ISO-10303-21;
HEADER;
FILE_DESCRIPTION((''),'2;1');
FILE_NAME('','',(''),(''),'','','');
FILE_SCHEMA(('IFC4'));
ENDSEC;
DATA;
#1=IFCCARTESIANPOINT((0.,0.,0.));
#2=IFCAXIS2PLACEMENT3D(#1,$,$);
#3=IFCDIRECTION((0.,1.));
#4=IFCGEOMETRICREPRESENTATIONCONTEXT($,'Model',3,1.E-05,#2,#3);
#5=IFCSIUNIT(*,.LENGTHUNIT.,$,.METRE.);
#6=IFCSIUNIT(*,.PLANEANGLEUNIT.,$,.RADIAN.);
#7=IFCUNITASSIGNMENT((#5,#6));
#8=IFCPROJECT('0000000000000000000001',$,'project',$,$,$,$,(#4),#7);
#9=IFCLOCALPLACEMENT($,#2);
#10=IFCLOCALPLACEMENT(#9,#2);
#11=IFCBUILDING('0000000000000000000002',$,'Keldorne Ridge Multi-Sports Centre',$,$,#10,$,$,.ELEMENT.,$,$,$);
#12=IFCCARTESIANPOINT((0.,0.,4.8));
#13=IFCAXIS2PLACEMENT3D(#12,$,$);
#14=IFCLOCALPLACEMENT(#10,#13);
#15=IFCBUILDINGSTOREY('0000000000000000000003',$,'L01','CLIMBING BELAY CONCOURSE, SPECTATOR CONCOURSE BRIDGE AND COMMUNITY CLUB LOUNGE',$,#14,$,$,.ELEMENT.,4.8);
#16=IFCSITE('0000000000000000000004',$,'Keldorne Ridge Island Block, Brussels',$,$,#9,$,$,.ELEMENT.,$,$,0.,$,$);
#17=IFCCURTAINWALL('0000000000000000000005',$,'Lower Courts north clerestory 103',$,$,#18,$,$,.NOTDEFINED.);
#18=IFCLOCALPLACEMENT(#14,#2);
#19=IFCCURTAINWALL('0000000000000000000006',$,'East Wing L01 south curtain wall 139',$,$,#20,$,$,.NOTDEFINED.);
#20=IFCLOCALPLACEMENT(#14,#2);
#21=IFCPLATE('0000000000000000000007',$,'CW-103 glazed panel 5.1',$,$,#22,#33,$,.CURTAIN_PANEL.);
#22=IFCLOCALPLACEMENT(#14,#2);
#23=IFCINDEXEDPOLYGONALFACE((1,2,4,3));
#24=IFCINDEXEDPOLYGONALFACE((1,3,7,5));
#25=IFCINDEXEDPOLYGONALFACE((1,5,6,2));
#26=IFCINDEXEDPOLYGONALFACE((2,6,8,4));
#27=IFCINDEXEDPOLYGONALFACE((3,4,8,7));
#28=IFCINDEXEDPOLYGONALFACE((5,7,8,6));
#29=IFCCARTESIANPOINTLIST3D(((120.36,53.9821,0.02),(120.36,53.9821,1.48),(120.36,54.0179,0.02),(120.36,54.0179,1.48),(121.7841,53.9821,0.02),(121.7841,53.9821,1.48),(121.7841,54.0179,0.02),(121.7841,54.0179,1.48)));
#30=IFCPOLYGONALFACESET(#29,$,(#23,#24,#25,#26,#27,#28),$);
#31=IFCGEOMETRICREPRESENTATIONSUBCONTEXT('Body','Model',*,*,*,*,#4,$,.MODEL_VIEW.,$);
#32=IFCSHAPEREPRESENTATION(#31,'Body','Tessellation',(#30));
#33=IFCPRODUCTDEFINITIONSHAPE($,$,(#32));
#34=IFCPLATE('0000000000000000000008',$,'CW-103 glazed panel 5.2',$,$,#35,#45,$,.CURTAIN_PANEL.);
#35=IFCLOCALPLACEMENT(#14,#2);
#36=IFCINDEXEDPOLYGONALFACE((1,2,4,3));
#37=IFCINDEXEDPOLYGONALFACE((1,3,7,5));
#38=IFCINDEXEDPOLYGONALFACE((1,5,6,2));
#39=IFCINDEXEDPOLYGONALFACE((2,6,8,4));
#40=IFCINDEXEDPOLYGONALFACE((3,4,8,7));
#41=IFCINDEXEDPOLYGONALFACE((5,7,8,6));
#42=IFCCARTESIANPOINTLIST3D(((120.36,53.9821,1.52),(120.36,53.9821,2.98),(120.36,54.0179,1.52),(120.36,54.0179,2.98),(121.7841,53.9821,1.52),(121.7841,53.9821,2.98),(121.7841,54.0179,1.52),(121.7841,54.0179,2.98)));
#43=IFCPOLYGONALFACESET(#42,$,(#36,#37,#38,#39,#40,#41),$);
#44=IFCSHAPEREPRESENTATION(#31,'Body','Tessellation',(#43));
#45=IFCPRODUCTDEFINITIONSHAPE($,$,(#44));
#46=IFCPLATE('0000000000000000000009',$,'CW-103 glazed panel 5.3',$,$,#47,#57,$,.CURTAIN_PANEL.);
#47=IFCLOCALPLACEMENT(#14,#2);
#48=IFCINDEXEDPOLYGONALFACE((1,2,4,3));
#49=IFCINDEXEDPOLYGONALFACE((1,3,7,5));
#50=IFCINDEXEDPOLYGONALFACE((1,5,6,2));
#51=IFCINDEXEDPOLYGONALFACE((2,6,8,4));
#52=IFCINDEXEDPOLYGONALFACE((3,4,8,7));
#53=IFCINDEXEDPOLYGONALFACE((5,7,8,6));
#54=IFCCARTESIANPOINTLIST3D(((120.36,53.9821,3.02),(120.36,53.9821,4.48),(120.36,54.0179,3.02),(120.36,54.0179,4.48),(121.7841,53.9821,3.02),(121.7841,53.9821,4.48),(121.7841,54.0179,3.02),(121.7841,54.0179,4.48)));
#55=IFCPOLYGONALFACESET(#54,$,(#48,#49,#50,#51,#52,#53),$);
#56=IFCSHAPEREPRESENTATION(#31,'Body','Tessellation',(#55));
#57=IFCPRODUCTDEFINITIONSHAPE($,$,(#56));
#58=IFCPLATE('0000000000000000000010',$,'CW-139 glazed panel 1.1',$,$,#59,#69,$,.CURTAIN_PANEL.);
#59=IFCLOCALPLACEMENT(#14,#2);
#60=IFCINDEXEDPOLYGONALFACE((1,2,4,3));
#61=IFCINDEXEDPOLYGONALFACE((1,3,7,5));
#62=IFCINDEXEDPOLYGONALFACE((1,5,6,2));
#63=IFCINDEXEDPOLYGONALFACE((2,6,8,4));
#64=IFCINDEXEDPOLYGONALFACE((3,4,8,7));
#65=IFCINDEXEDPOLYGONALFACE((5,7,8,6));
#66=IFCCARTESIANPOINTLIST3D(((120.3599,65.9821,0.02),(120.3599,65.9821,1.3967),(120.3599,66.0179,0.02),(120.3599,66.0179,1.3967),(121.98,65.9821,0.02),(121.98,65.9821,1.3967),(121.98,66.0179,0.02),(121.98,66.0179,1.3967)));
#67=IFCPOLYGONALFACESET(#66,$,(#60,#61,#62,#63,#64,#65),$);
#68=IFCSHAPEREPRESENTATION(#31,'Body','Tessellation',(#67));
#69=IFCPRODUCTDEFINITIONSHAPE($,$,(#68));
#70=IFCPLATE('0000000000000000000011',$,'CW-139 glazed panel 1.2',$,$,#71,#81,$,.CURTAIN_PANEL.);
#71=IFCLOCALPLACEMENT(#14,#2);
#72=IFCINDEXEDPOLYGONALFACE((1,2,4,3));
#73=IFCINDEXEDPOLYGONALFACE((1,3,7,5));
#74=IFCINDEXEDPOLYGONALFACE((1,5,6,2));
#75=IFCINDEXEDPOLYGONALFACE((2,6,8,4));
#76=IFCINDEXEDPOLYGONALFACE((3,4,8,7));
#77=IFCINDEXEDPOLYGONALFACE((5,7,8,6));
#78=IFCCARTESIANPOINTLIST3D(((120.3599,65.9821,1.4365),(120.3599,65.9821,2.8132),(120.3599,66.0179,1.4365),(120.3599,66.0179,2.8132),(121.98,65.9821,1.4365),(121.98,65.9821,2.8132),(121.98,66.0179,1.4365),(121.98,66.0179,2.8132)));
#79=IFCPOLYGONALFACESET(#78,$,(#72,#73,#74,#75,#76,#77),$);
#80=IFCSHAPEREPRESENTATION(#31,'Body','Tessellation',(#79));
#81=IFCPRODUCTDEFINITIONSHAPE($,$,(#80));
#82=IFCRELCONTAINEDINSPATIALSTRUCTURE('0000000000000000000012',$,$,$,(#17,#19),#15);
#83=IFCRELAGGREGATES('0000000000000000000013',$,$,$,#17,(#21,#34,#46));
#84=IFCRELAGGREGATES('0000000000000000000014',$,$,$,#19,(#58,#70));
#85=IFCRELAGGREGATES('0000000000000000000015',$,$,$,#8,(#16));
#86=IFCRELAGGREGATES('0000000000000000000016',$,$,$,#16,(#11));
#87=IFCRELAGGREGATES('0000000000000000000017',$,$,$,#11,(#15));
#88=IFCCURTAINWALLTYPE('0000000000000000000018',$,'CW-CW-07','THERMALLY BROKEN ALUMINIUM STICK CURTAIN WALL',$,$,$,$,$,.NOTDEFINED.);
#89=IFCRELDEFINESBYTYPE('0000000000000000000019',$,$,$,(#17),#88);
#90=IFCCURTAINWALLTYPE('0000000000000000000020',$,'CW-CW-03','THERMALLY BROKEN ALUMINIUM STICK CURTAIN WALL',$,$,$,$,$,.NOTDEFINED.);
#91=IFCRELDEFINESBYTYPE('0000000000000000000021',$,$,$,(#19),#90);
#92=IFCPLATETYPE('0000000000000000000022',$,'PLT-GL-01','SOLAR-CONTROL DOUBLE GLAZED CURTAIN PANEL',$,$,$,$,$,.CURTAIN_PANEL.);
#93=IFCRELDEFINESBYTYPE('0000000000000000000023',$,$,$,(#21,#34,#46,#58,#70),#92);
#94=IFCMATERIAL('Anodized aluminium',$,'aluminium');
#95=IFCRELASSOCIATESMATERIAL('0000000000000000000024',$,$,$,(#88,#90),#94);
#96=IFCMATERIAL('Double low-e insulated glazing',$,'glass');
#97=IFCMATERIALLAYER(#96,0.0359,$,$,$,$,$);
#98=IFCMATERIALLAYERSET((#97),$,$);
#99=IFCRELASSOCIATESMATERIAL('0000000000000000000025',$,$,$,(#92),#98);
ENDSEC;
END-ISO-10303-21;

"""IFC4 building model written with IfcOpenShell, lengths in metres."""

from ifc_helpers import new_model, si_unit, direction, frame, origin, origin_2d, place, context, subcontext, project, spatial, rectangle, extrude, material, layer, layer_set, type_object, element, aggregate, save


model = new_model("IFC4")

# Units and contexts
model_context = context("Model", 3, precision=1e-05, world=origin(), true_north=direction((0.0, 1.0)))
body_context = subcontext(model_context, "Body", "Model", "MODEL_VIEW")
ifc_project = project(units=[si_unit("LENGTHUNIT", "METRE"), si_unit("PLANEANGLEUNIT", "RADIAN")], contexts=[model_context])

# Site, building, storey
site_placement = place(None, origin())
site = spatial("IfcSite", under=ifc_project, at=site_placement, Name="Keldorne Ridge Island Block, Brussels", CompositionType="ELEMENT", RefElevation=0.0)
building_placement = place(site_placement, origin())
building = spatial("IfcBuilding", under=site, at=building_placement, Name="Keldorne Ridge Multi-Sports Centre", CompositionType="ELEMENT")
storey_placement = place(building_placement, frame((0.0, 0.0, 4.8)))
storey = spatial("IfcBuildingStorey", under=building, at=storey_placement, Name="L01", Description="CLIMBING BELAY CONCOURSE, SPECTATOR CONCOURSE BRIDGE AND COMMUNITY CLUB LOUNGE", CompositionType="ELEMENT", Elevation=4.8)

# Shared definitions
ifc_material_1 = material(Name="Anodized aluminium", Category="aluminium")

# Curtain walls
curtain_wall_type_1 = type_object("IfcCurtainWallType", Name="CW-CW-07", Description="THERMALLY BROKEN ALUMINIUM STICK CURTAIN WALL", PredefinedType="NOTDEFINED", material=ifc_material_1)
curtain_wall_1_placement = place(storey_placement, origin())
curtain_wall_1 = element("IfcCurtainWall", 1, at=curtain_wall_1_placement, inside=storey, type_object=curtain_wall_type_1, Name="Lower Courts north clerestory 103", PredefinedType="NOTDEFINED")
curtain_wall_type_2 = type_object("IfcCurtainWallType", Name="CW-CW-03", Description="THERMALLY BROKEN ALUMINIUM STICK CURTAIN WALL", PredefinedType="NOTDEFINED", material=ifc_material_1)
curtain_wall_2_placement = place(storey_placement, origin())
curtain_wall_2 = element("IfcCurtainWall", 2, at=curtain_wall_2_placement, inside=storey, type_object=curtain_wall_type_2, Name="East Wing L01 south curtain wall 139", PredefinedType="NOTDEFINED")

# Plates
ifc_material_2 = material(Name="Double low-e insulated glazing", Category="glass")
ifc_layer = layer(ifc_material_2, 0.0359)
ifc_layer_set = layer_set([ifc_layer])
plate_type = type_object("IfcPlateType", Name="PLT-GL-01", Description="SOLAR-CONTROL DOUBLE GLAZED CURTAIN PANEL", PredefinedType="CURTAIN_PANEL", material=ifc_layer_set)
plate_1_placement = place(storey_placement, frame((121.072, 54.0, 0.02), z_axis=(0.0, 0.0, 1.0), x_axis=(-1.0, 0.0, 0.0)))
plate_1 = element("IfcPlate", 3, at=plate_1_placement, type_object=plate_type, Name="CW-103 glazed panel 5.1", PredefinedType="CURTAIN_PANEL", context=body_context, shape_type="SweptSolid", body=[
    extrude(rectangle(XDim=1.4241, YDim=0.0359, at=origin_2d()), origin(), (0.0, 0.0, 1.0), 1.46),
])
plate_2_placement = place(storey_placement, frame((121.072, 54.0, 1.52), z_axis=(0.0, 0.0, 1.0), x_axis=(-1.0, 0.0, 0.0)))
plate_2 = element("IfcPlate", 4, at=plate_2_placement, type_object=plate_type, Name="CW-103 glazed panel 5.2", PredefinedType="CURTAIN_PANEL", context=body_context, shape_type="SweptSolid", body=[
    extrude(rectangle(XDim=1.4241, YDim=0.0359, at=origin_2d()), origin(), (0.0, 0.0, 1.0), 1.46),
])
plate_3_placement = place(storey_placement, frame((121.072, 54.0, 3.02), z_axis=(0.0, 0.0, 1.0), x_axis=(-1.0, 0.0, 0.0)))
plate_3 = element("IfcPlate", 5, at=plate_3_placement, type_object=plate_type, Name="CW-103 glazed panel 5.3", PredefinedType="CURTAIN_PANEL", context=body_context, shape_type="SweptSolid", body=[
    extrude(rectangle(XDim=1.4241, YDim=0.0359, at=origin_2d()), origin(), (0.0, 0.0, 1.0), 1.46),
])
aggregate(curtain_wall_1, [plate_1, plate_2, plate_3])
plate_4_placement = place(storey_placement, frame((121.1699, 66.0, 0.02), z_axis=(0.0, 0.0, 1.0), x_axis=(1.0, 0.0, 0.0)))
plate_4 = element("IfcPlate", 6, at=plate_4_placement, type_object=plate_type, Name="CW-139 glazed panel 1.1", PredefinedType="CURTAIN_PANEL", context=body_context, shape_type="SweptSolid", body=[
    extrude(rectangle(XDim=1.6201, YDim=0.0359, at=origin_2d()), origin(), (0.0, 0.0, 1.0), 1.3767),
])
plate_5_placement = place(storey_placement, frame((121.1699, 66.0, 1.4365), z_axis=(0.0, 0.0, 1.0), x_axis=(1.0, 0.0, 0.0)))
plate_5 = element("IfcPlate", 7, at=plate_5_placement, type_object=plate_type, Name="CW-139 glazed panel 1.2", PredefinedType="CURTAIN_PANEL", context=body_context, shape_type="SweptSolid", body=[
    extrude(rectangle(XDim=1.6201, YDim=0.0359, at=origin_2d()), origin(), (0.0, 0.0, 1.0), 1.3767),
])
aggregate(curtain_wall_2, [plate_4, plate_5])

save(model, "model.ifc")
